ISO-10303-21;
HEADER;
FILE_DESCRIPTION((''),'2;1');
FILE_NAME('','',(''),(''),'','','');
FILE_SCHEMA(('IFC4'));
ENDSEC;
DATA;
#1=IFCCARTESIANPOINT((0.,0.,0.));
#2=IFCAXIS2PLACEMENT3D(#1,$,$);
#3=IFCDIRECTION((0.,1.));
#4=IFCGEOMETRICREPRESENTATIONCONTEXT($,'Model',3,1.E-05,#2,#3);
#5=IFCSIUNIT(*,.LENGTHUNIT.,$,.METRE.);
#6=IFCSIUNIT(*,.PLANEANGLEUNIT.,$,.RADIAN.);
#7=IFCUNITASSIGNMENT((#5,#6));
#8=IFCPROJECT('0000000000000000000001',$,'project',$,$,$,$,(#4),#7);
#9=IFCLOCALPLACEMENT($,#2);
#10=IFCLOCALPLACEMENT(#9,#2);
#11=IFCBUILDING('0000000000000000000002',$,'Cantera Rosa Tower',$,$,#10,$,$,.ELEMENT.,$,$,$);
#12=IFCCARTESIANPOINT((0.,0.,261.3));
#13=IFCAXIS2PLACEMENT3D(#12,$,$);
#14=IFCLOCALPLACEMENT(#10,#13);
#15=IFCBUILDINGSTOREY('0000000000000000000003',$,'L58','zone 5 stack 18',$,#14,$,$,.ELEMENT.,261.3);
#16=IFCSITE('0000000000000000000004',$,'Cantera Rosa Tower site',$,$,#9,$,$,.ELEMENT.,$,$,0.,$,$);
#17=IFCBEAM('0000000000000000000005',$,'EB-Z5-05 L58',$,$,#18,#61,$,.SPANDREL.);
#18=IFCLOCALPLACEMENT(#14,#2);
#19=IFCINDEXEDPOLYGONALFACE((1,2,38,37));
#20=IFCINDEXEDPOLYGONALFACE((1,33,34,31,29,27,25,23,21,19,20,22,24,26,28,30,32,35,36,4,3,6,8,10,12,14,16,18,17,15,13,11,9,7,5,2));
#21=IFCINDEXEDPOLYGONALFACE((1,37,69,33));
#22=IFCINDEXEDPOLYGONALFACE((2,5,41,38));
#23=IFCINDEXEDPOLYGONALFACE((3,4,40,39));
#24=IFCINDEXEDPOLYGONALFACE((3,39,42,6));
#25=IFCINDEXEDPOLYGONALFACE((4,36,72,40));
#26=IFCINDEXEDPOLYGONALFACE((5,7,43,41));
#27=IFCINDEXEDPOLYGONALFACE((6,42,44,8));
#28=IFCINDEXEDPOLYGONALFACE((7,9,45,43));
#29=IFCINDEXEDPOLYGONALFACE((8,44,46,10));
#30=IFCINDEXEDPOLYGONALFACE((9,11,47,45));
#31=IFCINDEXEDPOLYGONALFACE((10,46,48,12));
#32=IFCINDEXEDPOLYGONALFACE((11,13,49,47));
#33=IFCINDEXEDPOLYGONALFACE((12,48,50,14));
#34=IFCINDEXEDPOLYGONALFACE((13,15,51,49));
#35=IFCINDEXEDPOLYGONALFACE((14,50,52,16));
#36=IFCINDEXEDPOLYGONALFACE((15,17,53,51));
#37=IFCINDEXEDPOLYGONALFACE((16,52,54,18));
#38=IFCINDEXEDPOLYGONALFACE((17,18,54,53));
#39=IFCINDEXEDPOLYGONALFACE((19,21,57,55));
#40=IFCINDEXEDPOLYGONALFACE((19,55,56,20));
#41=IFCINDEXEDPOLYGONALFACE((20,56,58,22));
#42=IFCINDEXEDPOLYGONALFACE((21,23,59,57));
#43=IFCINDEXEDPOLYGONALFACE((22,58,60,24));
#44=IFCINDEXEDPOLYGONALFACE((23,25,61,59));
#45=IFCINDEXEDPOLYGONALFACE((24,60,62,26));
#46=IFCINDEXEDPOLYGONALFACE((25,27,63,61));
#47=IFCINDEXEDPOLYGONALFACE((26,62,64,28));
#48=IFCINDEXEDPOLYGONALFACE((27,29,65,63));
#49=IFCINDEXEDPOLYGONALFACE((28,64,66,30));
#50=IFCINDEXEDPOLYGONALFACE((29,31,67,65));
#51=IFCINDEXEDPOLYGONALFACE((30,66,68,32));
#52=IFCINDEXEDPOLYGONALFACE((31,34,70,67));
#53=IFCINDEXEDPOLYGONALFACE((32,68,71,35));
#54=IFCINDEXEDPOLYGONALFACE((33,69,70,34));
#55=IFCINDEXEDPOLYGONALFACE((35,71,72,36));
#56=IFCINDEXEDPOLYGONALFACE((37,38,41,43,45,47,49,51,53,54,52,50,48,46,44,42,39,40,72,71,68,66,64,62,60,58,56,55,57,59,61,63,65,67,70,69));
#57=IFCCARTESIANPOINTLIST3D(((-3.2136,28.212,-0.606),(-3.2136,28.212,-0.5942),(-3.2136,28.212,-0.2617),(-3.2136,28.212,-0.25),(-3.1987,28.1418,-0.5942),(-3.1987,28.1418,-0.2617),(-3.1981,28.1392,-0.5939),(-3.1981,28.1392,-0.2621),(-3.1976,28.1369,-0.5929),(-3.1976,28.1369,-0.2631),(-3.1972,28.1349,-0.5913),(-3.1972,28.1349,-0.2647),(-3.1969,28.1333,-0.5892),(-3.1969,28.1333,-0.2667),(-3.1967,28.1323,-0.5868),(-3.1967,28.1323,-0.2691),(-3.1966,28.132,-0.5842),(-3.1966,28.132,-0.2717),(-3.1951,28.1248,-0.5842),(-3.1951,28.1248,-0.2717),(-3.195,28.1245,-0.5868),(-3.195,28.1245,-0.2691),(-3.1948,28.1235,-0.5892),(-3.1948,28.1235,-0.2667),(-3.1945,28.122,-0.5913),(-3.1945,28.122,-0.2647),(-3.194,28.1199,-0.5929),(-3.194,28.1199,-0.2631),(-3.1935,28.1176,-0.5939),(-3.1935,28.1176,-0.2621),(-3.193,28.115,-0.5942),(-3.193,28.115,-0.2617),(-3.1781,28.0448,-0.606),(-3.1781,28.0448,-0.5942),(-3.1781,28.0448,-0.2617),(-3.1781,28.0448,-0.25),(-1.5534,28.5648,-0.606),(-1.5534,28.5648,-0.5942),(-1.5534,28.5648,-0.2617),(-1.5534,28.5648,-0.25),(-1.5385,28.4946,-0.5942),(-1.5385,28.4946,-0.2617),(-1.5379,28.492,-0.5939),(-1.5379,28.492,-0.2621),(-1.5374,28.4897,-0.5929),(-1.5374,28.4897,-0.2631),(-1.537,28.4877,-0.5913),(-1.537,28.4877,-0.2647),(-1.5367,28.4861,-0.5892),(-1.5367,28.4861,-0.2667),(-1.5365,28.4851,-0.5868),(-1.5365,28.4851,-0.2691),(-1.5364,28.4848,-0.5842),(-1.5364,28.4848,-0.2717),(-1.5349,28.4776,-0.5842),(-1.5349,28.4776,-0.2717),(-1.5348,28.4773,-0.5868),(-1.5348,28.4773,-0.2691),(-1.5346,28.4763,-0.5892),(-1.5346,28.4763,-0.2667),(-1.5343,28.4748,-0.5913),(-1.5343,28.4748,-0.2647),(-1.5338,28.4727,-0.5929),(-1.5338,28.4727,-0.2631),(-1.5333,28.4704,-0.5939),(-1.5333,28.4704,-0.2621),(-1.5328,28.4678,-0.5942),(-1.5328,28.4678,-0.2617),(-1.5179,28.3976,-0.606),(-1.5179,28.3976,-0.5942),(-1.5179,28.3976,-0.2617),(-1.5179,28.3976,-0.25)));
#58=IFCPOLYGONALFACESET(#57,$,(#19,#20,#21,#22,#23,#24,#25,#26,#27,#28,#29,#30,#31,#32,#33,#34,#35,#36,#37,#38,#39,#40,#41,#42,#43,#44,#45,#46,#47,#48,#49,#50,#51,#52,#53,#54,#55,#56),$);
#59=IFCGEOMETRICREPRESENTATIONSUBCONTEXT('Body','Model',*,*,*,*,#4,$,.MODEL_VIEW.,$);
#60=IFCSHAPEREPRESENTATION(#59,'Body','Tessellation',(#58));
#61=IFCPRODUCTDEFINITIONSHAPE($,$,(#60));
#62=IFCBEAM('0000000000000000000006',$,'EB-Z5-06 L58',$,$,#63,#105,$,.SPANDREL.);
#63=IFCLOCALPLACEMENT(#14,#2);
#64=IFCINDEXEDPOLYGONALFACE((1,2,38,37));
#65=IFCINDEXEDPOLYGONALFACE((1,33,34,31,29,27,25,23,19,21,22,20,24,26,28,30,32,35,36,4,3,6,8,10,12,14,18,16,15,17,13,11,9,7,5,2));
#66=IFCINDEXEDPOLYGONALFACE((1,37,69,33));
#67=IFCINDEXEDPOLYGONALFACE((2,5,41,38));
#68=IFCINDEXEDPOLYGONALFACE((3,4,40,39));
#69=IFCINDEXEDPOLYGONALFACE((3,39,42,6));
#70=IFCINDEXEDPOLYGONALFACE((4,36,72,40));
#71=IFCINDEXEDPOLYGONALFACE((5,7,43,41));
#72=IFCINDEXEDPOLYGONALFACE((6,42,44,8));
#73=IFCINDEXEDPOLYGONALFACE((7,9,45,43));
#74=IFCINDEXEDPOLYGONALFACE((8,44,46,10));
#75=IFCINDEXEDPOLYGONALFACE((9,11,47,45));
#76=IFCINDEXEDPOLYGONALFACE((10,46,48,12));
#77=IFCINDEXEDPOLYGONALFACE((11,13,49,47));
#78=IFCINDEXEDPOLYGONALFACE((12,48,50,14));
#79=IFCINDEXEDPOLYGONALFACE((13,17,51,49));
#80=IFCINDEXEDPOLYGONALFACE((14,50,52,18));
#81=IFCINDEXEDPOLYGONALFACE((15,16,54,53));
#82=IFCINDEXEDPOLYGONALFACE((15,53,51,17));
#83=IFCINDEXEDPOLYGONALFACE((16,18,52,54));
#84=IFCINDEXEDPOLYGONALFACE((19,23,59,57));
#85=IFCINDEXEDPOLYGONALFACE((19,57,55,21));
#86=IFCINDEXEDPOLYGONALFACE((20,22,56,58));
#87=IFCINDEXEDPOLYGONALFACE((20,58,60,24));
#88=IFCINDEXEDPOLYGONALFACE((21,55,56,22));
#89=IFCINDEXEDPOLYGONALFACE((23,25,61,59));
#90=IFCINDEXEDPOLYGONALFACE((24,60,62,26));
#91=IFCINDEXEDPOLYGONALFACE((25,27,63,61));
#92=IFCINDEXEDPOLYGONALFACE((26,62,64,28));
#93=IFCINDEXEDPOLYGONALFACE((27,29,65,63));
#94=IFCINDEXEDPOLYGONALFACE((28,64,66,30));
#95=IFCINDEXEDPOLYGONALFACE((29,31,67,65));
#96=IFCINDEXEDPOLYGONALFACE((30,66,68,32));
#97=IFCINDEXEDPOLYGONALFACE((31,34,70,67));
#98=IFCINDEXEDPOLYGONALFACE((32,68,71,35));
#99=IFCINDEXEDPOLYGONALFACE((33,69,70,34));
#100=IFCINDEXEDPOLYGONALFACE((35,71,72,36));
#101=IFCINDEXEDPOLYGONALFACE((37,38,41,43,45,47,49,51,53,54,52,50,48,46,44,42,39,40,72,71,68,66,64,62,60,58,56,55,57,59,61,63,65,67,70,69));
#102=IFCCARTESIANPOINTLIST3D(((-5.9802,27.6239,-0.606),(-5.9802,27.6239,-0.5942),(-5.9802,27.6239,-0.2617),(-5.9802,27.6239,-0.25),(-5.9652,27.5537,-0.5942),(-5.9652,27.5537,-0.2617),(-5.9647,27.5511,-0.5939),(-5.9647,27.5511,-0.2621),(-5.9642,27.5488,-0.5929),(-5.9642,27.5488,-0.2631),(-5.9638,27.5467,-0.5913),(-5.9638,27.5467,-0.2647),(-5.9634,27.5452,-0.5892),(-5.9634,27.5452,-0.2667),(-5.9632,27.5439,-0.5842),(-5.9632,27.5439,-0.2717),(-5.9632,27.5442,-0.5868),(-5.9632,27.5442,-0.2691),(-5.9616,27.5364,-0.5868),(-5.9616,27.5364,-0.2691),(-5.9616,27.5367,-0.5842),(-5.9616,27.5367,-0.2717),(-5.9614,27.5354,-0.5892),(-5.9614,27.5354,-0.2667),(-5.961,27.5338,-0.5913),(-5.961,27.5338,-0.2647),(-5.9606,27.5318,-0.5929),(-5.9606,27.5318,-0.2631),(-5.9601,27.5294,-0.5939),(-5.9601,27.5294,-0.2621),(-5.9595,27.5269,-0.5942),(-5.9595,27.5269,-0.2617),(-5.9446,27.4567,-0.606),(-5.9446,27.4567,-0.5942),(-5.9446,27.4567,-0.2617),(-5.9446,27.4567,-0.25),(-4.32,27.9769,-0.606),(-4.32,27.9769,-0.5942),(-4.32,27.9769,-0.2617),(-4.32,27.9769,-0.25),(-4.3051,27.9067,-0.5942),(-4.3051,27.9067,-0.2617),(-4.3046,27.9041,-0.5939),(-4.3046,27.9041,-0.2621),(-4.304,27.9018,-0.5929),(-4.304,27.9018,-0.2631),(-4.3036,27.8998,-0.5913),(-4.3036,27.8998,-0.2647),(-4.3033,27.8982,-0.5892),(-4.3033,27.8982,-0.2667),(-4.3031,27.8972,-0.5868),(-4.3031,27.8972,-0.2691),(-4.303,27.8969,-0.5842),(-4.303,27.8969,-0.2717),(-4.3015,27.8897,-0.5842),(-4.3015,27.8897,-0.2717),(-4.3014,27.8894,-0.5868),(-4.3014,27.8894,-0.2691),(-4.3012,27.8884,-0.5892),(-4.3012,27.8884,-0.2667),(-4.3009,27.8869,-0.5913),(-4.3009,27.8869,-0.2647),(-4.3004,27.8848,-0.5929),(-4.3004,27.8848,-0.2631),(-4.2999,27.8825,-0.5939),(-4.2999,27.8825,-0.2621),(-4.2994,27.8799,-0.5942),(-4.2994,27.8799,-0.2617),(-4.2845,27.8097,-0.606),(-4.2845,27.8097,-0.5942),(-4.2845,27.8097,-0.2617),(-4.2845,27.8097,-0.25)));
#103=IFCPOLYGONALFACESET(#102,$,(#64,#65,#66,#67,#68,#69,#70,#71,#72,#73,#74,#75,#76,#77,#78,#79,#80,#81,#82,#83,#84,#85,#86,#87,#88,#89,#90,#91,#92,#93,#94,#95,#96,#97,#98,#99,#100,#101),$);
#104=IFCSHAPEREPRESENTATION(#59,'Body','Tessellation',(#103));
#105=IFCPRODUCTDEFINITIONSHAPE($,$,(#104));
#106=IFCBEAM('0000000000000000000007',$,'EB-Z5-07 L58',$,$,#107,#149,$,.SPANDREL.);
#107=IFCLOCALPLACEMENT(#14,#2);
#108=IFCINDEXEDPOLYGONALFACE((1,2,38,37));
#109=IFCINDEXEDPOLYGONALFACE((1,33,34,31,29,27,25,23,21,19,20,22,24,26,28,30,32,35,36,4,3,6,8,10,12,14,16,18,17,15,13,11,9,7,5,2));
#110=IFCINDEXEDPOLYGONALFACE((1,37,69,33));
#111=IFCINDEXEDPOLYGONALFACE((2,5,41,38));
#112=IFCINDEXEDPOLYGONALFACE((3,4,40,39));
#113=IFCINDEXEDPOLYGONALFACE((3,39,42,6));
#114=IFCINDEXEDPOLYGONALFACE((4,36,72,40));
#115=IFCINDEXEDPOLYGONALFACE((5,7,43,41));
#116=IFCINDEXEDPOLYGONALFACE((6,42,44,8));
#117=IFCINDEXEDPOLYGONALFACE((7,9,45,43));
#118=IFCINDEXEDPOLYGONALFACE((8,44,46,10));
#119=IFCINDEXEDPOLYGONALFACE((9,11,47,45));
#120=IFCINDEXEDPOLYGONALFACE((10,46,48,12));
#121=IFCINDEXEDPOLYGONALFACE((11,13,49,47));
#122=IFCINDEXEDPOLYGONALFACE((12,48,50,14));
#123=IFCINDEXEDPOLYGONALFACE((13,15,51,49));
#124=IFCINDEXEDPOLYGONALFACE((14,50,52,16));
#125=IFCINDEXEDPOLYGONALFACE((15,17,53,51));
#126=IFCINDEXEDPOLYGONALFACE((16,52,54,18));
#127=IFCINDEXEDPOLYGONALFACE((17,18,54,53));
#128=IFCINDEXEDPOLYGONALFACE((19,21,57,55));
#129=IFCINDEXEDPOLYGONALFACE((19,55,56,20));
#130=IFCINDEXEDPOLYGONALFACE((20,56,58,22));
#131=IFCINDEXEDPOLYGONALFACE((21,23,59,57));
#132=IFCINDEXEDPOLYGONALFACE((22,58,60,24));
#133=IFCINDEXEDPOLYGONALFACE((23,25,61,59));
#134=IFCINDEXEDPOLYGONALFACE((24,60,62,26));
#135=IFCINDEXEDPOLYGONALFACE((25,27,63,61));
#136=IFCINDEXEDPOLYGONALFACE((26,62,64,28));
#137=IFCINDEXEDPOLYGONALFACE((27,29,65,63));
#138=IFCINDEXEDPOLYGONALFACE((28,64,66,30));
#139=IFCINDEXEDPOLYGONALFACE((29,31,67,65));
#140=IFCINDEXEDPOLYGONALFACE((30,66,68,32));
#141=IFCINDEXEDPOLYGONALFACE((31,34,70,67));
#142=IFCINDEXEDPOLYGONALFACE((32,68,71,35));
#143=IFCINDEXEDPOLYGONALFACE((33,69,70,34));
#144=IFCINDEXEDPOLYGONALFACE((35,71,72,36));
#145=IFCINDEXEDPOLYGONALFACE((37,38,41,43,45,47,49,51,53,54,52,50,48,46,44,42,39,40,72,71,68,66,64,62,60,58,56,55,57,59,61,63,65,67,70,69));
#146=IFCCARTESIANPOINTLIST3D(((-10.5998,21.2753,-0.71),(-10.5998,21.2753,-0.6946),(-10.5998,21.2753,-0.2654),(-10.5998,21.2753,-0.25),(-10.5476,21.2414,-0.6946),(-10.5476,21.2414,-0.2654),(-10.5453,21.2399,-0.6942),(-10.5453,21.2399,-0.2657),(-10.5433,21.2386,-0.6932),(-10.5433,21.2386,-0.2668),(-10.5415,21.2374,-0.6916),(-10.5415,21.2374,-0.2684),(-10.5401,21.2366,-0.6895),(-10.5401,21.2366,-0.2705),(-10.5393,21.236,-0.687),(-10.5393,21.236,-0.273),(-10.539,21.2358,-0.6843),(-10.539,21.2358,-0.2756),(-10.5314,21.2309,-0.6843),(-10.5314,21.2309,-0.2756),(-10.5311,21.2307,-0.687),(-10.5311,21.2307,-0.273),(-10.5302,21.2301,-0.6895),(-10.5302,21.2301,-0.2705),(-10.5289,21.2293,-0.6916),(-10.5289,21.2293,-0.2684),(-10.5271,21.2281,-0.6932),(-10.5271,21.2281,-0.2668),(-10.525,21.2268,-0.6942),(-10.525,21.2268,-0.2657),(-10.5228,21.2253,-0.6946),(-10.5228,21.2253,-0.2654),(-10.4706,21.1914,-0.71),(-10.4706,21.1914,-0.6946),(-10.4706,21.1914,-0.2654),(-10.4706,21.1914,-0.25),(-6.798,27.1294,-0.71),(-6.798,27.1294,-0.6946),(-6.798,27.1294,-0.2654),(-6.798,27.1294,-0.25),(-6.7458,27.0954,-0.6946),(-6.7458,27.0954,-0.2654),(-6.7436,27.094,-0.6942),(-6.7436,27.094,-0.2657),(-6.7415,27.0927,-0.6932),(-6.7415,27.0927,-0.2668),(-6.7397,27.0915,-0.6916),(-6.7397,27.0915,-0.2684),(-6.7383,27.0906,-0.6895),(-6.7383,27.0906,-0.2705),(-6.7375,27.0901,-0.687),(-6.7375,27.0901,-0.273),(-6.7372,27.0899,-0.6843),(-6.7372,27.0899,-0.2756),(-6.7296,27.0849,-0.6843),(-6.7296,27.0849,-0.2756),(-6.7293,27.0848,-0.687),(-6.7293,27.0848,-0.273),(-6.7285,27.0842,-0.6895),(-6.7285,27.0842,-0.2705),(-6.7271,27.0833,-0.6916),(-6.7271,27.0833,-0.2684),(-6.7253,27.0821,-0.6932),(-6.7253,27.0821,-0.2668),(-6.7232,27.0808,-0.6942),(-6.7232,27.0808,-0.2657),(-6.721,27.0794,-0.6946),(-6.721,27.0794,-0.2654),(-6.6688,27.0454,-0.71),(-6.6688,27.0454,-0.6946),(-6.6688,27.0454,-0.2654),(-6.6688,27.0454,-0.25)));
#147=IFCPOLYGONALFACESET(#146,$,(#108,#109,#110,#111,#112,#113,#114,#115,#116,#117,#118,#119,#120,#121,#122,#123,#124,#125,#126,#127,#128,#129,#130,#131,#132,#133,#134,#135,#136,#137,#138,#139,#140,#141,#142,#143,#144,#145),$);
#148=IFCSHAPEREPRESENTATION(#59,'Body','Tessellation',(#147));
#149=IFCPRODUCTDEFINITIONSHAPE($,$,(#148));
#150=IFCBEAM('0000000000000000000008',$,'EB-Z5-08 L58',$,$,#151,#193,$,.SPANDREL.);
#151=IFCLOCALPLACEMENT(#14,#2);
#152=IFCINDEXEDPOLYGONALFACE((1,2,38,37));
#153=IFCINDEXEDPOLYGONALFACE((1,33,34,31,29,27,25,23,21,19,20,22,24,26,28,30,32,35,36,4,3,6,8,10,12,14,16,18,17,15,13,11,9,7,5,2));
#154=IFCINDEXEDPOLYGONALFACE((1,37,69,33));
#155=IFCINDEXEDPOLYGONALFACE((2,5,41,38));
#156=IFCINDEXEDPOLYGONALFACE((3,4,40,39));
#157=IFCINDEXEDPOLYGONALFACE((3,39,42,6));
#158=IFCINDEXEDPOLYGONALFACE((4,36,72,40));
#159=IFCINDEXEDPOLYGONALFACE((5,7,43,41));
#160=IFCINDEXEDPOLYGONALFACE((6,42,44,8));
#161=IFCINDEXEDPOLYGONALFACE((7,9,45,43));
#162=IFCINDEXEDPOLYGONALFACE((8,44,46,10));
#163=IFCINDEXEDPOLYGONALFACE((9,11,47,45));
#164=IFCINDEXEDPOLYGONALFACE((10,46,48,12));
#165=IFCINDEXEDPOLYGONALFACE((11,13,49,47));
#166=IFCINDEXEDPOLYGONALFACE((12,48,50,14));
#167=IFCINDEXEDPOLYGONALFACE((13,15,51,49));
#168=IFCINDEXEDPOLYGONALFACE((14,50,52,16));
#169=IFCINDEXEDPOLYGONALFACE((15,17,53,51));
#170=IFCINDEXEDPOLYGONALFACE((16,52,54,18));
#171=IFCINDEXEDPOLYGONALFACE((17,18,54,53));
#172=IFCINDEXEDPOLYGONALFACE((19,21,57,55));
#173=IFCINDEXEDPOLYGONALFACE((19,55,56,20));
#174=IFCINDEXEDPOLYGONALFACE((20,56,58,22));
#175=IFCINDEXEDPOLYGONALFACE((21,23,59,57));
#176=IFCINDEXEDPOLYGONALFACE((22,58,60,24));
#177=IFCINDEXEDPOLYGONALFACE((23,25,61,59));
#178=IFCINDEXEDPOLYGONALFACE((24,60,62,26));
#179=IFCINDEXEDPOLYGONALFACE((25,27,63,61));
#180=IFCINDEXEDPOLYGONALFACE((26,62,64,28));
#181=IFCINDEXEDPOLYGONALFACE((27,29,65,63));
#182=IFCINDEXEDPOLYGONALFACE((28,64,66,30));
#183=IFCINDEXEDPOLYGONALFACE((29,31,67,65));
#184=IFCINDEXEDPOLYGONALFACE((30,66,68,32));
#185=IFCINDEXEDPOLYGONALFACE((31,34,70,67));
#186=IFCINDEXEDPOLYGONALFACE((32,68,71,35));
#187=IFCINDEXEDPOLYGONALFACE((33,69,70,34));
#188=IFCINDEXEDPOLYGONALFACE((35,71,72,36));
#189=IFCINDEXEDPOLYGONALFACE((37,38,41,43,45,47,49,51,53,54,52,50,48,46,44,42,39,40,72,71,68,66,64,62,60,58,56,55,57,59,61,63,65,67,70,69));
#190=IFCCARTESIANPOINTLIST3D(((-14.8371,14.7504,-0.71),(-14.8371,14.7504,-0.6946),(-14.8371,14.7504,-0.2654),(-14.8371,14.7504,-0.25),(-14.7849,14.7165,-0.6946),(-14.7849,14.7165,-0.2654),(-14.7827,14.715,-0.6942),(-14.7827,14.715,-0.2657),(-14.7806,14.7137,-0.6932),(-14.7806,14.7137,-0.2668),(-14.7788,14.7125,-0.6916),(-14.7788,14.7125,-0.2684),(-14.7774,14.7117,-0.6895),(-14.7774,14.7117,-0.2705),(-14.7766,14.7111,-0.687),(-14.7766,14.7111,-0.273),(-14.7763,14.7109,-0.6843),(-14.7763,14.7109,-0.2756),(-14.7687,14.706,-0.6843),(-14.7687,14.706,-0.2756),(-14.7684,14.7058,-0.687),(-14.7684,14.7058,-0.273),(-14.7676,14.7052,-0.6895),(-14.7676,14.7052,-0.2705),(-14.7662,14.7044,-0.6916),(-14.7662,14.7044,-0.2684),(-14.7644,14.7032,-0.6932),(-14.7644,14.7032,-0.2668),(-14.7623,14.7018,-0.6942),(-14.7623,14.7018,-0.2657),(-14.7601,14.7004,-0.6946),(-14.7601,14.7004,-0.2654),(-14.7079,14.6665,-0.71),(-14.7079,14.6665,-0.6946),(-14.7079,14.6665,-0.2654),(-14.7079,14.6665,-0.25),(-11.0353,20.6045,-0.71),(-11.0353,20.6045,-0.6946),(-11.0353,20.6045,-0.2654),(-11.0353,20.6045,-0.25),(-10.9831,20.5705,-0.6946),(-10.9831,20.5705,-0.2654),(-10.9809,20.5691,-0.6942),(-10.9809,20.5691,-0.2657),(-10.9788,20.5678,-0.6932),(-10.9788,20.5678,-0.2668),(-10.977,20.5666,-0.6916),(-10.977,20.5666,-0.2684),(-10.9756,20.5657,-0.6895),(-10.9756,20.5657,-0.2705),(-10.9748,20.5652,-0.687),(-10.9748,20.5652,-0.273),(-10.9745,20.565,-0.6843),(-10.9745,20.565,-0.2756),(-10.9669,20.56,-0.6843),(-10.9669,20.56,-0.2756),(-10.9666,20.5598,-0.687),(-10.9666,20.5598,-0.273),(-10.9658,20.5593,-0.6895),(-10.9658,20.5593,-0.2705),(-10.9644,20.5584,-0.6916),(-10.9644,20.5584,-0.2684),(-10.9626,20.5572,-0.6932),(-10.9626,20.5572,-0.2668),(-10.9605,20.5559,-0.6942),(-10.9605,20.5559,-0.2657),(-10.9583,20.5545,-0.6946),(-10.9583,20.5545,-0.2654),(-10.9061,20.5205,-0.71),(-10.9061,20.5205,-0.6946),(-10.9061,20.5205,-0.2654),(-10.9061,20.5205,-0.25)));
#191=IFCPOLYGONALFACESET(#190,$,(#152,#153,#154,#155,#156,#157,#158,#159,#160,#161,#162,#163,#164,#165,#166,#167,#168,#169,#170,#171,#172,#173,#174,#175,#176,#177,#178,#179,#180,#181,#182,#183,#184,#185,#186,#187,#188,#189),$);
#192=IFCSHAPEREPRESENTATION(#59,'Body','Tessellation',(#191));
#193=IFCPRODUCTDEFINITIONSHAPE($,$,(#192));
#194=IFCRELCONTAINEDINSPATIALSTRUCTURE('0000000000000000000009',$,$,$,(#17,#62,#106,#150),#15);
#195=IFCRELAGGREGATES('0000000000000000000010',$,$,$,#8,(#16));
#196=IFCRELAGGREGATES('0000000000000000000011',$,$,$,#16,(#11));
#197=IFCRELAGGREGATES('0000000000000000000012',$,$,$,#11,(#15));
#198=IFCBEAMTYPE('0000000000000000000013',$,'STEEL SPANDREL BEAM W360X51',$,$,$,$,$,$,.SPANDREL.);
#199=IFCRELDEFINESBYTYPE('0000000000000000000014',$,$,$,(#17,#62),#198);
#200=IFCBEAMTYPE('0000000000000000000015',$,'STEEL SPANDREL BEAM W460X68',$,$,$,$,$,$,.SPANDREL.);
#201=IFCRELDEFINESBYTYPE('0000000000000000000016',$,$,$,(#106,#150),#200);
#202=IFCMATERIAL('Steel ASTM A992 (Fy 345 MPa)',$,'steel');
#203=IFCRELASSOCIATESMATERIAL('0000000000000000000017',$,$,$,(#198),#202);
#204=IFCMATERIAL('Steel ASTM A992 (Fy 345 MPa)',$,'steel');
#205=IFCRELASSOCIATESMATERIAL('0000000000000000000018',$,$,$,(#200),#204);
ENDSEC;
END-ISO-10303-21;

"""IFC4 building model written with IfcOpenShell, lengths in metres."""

from ifc_helpers import new_model, si_unit, direction, frame, origin, origin_2d, place, context, subcontext, project, spatial, i_section, extrude, material, material_profile, profile_set, type_object, element, save


model = new_model("IFC4")

# Units and contexts
model_context = context("Model", 3, precision=1e-05, world=origin(), true_north=direction((0.0, 1.0)))
body_context = subcontext(model_context, "Body", "Model", "MODEL_VIEW")
ifc_project = project(units=[si_unit("LENGTHUNIT", "METRE"), si_unit("PLANEANGLEUNIT", "RADIAN")], contexts=[model_context])

# Site, building, storey
site_placement = place(None, origin())
site = spatial("IfcSite", under=ifc_project, at=site_placement, Name="Cantera Rosa Tower site", CompositionType="ELEMENT", RefElevation=0.0)
building_placement = place(site_placement, origin())
building = spatial("IfcBuilding", under=site, at=building_placement, Name="Cantera Rosa Tower", CompositionType="ELEMENT")
storey_placement = place(building_placement, frame((0.0, 0.0, 261.3)))
storey = spatial("IfcBuildingStorey", under=building, at=storey_placement, Name="L58", Description="zone 5 stack 18", CompositionType="ELEMENT", Elevation=261.3)

# Beams
ifc_material_1 = material(Name="Steel ASTM A992 (Fy 345 MPa)", Category="steel")
ifc_material_profile_1 = material_profile(ifc_material_1, i_section(OverallWidth=0.1709, OverallDepth=0.356, WebThickness=0.0073, FlangeThickness=0.0117, FilletRadius=0.01, at=origin_2d()), Name="W360X51")
ifc_profile_set_1 = profile_set([ifc_material_profile_1], Name="Steel ASTM A992 (Fy 345 MPa)")
beam_type_1 = type_object("IfcBeamType", Name="STEEL SPANDREL BEAM W360X51", PredefinedType="SPANDREL", material=ifc_profile_set_1)
for number, where, z_axis, x_axis, name in (
    (1, (-1.5356, 28.4812, -0.428), (-0.978159, -0.207859, 0.0), (0.207859, -0.978159, 0.0), "EB-Z5-05 L58"),
    (2, (-4.3022, 27.8933, -0.428), (-0.97813, -0.207996, 0.0), (0.207996, -0.97813, 0.0), "EB-Z5-06 L58"),
):
    element("IfcBeam", number, at=place(storey_placement, frame(where, z_axis=z_axis, x_axis=x_axis)), inside=storey, type_object=beam_type_1, Name=name, PredefinedType="SPANDREL", context=body_context, shape_type="SweptSolid", body=[
        extrude(i_section(OverallWidth=0.1709, OverallDepth=0.356, WebThickness=0.0073, FlangeThickness=0.0117, FilletRadius=0.01, at=origin_2d()), origin(), (0.0, 0.0, 1.0), 1.6973),
    ])
ifc_material_2 = material(Name="Steel ASTM A992 (Fy 345 MPa)", Category="steel")
ifc_material_profile_2 = material_profile(ifc_material_2, i_section(OverallWidth=0.1541, OverallDepth=0.46, WebThickness=0.009, FlangeThickness=0.0154, FilletRadius=0.0103, at=origin_2d()), Name="W460X68")
ifc_profile_set_2 = profile_set([ifc_material_profile_2], Name="Steel ASTM A992 (Fy 345 MPa)")
beam_type_2 = type_object("IfcBeamType", Name="STEEL SPANDREL BEAM W460X68", PredefinedType="SPANDREL", material=ifc_profile_set_2)
for number, where, z_axis, x_axis, name in (
    (3, (-6.7334, 27.0874, -0.48), (-0.544651, -0.838663, 0.0), (0.838663, -0.544651, 0.0), "EB-Z5-07 L58"),
    (4, (-10.9707, 20.5625, -0.48), (-0.544651, -0.838663, 0.0), (0.838663, -0.544651, 0.0), "EB-Z5-08 L58"),
):
    element("IfcBeam", number, at=place(storey_placement, frame(where, z_axis=z_axis, x_axis=x_axis)), inside=storey, type_object=beam_type_2, Name=name, PredefinedType="SPANDREL", context=body_context, shape_type="SweptSolid", body=[
        extrude(i_section(OverallWidth=0.1541, OverallDepth=0.46, WebThickness=0.009, FlangeThickness=0.0154, FilletRadius=0.0103, at=origin_2d()), origin(), (0.0, 0.0, 1.0), 6.9802),
    ])

save(model, "model.ifc")
